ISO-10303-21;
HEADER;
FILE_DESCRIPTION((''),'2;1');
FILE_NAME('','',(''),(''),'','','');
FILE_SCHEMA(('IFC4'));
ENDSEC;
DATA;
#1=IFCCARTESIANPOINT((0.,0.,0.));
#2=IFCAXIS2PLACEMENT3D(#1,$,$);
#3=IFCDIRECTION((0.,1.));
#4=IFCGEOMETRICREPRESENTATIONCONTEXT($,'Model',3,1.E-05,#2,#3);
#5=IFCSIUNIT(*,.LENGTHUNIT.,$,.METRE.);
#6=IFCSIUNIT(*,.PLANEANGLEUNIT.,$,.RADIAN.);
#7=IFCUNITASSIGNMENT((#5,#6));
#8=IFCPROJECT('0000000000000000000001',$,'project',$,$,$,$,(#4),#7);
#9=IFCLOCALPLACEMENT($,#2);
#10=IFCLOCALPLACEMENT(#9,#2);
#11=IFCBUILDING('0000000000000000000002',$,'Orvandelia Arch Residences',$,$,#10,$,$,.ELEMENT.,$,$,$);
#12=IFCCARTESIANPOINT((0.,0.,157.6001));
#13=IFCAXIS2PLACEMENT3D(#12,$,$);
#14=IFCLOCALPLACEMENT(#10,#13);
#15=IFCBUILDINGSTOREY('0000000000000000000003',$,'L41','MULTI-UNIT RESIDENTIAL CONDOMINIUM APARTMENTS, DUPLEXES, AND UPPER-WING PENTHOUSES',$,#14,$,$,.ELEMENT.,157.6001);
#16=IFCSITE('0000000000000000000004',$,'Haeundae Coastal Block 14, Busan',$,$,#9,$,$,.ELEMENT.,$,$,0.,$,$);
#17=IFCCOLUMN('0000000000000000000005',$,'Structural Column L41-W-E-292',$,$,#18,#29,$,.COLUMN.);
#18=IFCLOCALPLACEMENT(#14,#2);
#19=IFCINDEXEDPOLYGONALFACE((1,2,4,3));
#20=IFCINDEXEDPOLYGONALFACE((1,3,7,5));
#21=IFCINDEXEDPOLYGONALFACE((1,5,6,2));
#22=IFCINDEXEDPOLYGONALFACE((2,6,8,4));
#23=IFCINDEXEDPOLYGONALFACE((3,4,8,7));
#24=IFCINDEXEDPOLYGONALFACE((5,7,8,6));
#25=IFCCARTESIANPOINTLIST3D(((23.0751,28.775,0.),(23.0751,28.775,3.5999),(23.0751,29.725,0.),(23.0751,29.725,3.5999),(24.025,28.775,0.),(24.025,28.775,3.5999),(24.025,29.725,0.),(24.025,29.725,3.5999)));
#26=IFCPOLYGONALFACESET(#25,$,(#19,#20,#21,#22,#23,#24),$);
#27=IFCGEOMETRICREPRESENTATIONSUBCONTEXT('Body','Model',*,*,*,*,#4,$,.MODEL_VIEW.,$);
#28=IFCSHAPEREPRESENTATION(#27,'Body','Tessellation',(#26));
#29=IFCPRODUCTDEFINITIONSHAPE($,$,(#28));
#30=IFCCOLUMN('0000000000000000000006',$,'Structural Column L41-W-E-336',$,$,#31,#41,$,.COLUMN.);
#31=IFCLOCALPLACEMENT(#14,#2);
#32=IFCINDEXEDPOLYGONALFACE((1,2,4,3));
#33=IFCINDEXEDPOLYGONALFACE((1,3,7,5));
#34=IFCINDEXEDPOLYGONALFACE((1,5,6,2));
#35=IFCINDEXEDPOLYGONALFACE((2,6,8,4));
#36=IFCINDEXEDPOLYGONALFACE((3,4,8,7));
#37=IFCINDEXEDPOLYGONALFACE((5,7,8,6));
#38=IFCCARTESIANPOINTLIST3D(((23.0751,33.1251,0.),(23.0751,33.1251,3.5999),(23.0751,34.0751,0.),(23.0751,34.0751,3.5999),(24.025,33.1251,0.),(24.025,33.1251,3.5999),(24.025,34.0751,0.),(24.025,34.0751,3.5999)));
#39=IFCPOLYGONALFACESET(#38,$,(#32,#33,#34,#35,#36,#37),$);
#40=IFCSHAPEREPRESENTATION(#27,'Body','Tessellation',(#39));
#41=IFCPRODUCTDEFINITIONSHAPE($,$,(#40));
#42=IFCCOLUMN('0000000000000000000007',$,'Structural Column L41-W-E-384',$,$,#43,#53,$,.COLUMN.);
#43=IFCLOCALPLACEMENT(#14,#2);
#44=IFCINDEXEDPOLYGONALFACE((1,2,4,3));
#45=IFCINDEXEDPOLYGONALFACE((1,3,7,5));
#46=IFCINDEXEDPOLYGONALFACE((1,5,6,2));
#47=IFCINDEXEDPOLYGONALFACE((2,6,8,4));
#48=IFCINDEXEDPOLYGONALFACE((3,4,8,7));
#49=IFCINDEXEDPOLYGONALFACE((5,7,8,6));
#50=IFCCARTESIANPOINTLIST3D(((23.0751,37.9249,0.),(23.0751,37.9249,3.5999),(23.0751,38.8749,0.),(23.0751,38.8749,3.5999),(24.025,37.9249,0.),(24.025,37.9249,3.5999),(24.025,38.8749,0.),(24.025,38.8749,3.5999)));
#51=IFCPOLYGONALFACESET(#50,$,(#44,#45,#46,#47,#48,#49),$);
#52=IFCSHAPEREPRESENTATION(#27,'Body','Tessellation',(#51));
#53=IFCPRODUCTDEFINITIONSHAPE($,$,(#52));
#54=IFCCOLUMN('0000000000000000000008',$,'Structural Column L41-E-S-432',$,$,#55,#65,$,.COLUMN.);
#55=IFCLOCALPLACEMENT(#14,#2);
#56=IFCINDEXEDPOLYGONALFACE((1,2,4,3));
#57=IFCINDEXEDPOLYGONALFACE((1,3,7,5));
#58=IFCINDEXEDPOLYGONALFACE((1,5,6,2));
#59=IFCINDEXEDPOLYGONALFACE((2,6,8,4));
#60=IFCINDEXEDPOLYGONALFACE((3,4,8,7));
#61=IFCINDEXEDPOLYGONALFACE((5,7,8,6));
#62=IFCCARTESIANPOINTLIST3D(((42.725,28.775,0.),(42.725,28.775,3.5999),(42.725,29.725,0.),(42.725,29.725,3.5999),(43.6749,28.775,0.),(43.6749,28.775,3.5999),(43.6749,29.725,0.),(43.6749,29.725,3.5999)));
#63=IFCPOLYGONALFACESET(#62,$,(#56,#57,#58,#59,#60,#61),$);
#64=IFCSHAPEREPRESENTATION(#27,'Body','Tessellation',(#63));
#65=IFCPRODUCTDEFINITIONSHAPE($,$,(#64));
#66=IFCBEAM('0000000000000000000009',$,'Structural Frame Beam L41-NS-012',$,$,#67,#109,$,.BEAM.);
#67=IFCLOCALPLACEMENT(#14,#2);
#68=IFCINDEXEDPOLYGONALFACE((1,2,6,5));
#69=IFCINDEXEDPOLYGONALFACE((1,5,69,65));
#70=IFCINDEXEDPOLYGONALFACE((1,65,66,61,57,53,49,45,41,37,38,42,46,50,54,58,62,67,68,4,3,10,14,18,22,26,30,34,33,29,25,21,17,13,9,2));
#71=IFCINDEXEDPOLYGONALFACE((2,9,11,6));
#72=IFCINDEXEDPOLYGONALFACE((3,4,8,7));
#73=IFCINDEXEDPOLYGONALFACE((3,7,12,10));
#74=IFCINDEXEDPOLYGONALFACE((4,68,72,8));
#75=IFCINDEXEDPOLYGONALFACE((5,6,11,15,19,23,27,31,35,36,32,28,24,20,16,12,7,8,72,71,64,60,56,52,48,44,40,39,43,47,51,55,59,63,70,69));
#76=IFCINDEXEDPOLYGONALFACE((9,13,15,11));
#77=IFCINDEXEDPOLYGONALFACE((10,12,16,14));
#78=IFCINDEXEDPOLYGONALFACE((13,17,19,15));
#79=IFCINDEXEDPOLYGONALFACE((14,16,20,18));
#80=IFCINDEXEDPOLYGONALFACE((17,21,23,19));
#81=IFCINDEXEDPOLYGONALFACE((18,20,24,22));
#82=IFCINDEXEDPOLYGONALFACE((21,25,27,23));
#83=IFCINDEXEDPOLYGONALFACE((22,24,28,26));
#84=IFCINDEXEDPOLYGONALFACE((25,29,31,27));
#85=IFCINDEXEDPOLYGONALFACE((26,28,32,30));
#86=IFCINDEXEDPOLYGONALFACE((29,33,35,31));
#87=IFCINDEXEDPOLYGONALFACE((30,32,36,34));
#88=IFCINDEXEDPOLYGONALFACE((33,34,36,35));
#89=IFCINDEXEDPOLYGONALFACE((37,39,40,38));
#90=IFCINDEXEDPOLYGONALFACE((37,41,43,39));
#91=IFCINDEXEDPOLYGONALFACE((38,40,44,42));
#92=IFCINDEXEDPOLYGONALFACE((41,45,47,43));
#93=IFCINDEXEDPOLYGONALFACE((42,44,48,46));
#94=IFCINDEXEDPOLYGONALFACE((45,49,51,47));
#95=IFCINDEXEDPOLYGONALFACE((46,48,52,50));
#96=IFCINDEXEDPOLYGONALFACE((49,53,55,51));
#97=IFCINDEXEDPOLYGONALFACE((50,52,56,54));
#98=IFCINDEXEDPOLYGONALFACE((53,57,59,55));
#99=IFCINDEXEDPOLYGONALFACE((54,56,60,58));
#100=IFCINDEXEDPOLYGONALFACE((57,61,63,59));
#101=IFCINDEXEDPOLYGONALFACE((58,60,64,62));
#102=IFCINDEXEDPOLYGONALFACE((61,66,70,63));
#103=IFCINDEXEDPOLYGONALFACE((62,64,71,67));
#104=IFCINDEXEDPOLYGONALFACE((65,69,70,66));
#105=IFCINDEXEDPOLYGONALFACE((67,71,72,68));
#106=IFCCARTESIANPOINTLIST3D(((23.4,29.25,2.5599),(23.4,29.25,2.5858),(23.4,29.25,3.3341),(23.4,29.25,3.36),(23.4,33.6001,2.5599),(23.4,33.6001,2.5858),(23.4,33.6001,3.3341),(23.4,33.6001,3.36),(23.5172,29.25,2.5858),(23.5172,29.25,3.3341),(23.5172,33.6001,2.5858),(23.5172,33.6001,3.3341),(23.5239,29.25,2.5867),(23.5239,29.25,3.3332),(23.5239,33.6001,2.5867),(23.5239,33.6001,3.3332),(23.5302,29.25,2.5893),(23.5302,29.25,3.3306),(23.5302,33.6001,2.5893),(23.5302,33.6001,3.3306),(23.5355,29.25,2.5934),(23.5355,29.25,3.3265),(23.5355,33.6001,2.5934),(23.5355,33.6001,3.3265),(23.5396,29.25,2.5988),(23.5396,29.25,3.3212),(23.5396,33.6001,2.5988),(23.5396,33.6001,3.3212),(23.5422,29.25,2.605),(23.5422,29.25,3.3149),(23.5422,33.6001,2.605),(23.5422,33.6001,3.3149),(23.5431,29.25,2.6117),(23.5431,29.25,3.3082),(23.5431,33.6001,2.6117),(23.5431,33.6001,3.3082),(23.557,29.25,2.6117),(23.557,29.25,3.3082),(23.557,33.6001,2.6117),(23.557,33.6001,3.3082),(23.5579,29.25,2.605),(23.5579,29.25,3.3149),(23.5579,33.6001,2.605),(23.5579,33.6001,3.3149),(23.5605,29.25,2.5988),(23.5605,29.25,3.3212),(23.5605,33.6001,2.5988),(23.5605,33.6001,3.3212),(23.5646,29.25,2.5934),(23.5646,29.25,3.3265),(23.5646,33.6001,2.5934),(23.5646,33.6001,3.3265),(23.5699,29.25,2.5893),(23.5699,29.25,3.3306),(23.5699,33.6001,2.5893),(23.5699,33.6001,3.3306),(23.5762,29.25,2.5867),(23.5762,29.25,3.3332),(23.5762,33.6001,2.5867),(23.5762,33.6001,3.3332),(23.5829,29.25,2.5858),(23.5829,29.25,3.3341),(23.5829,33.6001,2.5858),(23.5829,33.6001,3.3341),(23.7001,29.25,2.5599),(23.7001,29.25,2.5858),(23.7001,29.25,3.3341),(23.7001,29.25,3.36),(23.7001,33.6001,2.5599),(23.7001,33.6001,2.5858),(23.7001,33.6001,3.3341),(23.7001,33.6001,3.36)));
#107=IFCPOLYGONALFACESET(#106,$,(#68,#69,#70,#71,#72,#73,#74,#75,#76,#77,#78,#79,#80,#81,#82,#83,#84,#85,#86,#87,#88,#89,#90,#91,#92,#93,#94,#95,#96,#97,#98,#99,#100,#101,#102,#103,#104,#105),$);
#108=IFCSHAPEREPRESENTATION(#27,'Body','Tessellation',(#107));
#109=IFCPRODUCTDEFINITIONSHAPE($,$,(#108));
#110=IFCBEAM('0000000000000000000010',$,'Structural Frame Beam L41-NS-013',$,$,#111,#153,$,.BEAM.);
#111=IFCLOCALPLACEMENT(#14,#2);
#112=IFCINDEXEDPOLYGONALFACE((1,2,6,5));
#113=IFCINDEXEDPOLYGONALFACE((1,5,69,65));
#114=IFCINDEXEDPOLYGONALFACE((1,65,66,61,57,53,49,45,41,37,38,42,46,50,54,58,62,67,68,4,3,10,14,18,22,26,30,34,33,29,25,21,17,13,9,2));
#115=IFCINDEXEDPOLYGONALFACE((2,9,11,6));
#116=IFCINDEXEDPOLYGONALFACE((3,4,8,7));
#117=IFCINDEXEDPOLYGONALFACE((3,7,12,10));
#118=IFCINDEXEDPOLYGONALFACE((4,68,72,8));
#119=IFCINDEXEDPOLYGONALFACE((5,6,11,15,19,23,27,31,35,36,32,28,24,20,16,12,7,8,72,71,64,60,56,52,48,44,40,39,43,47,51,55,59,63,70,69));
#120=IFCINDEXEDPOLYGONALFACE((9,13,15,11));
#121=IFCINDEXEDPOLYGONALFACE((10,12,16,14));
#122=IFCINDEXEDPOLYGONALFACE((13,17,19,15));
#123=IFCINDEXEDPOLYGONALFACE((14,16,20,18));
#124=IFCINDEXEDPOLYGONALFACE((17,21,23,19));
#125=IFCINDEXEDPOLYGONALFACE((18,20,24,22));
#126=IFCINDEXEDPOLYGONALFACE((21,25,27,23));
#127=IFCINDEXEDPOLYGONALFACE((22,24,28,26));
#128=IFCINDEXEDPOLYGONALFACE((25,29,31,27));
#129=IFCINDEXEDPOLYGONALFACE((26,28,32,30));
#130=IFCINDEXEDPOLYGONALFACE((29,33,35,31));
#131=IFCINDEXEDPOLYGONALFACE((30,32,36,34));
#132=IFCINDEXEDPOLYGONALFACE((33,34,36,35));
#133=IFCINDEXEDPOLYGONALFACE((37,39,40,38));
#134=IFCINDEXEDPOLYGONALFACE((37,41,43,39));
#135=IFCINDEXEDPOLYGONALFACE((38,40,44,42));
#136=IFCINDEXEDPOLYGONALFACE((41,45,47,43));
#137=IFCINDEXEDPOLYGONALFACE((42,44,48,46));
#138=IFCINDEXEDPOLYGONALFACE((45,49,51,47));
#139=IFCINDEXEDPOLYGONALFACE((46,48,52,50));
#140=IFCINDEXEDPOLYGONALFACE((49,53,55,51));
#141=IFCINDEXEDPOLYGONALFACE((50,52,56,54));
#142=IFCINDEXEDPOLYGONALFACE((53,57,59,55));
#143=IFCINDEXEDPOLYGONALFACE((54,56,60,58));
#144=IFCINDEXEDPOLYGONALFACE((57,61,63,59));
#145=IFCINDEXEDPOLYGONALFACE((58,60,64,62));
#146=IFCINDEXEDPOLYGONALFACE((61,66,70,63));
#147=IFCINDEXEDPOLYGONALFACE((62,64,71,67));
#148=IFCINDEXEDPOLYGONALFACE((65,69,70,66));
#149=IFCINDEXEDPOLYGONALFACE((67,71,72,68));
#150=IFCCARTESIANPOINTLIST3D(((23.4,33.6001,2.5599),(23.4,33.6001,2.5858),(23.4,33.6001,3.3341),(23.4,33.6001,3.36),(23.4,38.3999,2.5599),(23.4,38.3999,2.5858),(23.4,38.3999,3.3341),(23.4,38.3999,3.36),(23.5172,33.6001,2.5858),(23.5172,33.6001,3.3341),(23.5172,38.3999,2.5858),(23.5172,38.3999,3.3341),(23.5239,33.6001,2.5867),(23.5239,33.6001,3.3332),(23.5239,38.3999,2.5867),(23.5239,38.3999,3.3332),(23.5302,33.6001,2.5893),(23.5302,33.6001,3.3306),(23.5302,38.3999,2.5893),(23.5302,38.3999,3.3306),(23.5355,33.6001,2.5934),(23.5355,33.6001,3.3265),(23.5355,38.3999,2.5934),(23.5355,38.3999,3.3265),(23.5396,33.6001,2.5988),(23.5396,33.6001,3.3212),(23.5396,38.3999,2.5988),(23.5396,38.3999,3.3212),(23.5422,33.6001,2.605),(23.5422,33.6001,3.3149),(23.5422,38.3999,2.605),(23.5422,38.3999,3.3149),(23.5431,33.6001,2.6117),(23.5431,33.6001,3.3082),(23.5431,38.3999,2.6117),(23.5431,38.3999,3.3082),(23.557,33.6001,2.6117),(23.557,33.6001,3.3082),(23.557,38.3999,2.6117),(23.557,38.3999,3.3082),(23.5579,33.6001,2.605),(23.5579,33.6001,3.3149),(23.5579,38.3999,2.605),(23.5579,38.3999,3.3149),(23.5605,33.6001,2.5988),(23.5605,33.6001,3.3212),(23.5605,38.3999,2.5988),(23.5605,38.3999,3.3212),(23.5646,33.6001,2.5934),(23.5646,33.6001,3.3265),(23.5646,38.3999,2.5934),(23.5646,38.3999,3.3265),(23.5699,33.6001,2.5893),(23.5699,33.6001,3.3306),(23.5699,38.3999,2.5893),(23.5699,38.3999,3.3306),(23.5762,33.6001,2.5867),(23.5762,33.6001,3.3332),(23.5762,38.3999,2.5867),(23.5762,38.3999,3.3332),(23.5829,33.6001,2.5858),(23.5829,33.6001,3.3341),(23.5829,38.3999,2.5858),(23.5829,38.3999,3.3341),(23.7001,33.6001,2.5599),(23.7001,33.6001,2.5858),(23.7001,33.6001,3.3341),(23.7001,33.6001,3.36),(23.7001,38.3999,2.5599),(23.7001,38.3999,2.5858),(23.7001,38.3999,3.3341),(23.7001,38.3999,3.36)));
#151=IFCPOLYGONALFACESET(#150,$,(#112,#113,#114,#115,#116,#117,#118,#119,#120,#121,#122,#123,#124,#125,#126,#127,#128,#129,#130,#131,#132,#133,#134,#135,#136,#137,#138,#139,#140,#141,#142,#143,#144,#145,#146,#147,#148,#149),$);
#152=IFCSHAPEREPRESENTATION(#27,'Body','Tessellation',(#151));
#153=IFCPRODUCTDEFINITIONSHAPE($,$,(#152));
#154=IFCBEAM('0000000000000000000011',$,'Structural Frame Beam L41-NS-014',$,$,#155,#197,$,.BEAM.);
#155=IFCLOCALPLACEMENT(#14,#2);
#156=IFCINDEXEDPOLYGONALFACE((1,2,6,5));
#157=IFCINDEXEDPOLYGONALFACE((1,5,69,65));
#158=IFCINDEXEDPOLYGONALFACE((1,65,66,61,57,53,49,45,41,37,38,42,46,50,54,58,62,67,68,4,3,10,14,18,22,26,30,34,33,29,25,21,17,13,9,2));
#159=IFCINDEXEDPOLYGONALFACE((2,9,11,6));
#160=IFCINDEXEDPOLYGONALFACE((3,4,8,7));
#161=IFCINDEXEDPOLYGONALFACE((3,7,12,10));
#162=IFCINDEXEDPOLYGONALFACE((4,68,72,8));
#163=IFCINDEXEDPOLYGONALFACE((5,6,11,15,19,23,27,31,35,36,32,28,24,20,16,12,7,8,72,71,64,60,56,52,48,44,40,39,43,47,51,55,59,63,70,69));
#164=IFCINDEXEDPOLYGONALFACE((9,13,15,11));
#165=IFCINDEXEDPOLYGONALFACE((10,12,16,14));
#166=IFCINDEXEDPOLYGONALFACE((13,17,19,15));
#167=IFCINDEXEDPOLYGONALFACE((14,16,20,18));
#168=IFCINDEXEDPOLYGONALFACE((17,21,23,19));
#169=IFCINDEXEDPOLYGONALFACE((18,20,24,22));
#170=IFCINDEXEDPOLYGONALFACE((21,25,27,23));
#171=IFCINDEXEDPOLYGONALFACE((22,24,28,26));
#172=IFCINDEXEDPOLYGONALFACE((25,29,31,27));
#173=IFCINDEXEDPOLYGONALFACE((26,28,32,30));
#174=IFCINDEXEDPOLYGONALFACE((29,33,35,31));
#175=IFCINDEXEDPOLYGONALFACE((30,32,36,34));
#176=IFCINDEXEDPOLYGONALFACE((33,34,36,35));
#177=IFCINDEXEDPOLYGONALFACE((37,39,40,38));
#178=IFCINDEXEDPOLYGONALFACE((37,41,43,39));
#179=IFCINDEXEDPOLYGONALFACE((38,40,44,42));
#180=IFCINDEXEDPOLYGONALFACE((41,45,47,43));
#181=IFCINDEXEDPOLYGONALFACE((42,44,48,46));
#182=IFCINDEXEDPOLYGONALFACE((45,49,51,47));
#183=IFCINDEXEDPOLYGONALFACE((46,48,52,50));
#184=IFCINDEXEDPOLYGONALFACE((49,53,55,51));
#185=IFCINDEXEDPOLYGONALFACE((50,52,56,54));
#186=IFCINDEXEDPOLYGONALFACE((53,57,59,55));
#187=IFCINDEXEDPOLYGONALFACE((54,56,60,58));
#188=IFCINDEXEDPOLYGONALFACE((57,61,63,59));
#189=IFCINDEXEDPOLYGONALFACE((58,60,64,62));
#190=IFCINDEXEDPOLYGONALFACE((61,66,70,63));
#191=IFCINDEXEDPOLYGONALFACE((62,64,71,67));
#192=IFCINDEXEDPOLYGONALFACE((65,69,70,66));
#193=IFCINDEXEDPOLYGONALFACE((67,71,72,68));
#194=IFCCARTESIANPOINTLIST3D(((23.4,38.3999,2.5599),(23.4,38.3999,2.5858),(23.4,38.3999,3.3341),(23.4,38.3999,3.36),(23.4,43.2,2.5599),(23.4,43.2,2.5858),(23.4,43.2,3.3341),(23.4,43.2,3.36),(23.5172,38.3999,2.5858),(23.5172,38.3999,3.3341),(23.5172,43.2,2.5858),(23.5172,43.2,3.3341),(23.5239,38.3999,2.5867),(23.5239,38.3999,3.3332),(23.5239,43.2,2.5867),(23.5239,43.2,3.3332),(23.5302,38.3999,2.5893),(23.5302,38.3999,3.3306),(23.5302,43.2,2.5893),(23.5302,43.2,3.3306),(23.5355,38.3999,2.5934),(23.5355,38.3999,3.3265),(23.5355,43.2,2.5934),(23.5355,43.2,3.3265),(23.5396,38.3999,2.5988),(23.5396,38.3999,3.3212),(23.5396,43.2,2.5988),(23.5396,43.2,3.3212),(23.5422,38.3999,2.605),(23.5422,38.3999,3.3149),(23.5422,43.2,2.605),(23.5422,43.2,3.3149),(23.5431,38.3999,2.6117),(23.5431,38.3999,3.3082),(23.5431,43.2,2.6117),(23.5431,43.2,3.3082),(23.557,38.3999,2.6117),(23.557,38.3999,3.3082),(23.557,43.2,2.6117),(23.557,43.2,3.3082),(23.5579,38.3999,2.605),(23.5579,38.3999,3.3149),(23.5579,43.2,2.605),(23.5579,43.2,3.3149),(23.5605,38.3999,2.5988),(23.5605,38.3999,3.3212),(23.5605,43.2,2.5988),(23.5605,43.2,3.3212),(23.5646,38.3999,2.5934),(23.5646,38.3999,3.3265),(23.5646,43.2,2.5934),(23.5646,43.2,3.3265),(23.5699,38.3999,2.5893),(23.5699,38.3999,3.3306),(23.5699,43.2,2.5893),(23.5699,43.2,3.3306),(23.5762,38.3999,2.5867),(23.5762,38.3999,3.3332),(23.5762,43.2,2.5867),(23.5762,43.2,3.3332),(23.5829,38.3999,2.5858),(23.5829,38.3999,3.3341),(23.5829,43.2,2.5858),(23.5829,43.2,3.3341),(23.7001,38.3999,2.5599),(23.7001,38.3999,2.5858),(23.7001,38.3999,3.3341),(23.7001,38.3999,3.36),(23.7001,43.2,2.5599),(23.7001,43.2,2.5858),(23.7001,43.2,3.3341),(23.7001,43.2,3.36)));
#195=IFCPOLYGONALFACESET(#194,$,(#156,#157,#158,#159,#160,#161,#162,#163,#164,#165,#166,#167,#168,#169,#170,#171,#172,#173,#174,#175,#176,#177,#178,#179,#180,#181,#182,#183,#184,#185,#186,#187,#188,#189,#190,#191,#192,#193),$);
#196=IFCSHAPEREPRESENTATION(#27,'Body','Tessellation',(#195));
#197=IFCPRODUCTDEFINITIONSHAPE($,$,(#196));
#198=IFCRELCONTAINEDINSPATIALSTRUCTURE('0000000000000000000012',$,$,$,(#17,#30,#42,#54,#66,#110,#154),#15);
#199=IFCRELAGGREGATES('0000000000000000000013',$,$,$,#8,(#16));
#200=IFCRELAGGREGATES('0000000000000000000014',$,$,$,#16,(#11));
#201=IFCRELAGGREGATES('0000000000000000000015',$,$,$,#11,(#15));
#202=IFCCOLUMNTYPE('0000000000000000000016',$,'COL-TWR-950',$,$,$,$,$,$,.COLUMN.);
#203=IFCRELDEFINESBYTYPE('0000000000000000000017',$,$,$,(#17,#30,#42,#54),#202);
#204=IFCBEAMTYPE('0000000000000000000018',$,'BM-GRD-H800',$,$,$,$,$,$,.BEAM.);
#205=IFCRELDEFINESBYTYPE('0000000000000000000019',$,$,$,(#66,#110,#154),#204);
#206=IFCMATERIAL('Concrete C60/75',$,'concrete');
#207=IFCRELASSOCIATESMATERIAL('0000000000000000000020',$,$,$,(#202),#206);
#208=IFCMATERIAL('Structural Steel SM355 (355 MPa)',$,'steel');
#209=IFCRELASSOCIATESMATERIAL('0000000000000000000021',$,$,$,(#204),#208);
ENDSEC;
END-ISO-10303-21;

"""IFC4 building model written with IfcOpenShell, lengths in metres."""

from ifc_helpers import new_model, si_unit, direction, frame, origin, origin_2d, place, context, subcontext, project, spatial, rectangle, i_section, extrude, material, material_profile, profile_set, type_object, element, save


model = new_model("IFC4")

# Units and contexts
model_context = context("Model", 3, precision=1e-05, world=origin(), true_north=direction((0.0, 1.0)))
body_context = subcontext(model_context, "Body", "Model", "MODEL_VIEW")
ifc_project = project(units=[si_unit("LENGTHUNIT", "METRE"), si_unit("PLANEANGLEUNIT", "RADIAN")], contexts=[model_context])

# Site, building, storey
site_placement = place(None, origin())
site = spatial("IfcSite", under=ifc_project, at=site_placement, Name="Haeundae Coastal Block 14, Busan", CompositionType="ELEMENT", RefElevation=0.0)
building_placement = place(site_placement, origin())
building = spatial("IfcBuilding", under=site, at=building_placement, Name="Orvandelia Arch Residences", CompositionType="ELEMENT")
storey_placement = place(building_placement, frame((0.0, 0.0, 157.6001)))
storey = spatial("IfcBuildingStorey", under=building, at=storey_placement, Name="L41", Description="MULTI-UNIT RESIDENTIAL CONDOMINIUM APARTMENTS, DUPLEXES, AND UPPER-WING PENTHOUSES", CompositionType="ELEMENT", Elevation=157.6001)

# Columns
ifc_material_1 = material(Name="Concrete C60/75", Category="concrete")
ifc_material_profile_1 = material_profile(ifc_material_1, rectangle(XDim=0.95, YDim=0.95, at=origin_2d()), Name="Concrete C60/75", Category="concrete")
ifc_profile_set_1 = profile_set([ifc_material_profile_1], Name="Concrete C60/75")
column_type = type_object("IfcColumnType", Name="COL-TWR-950", PredefinedType="COLUMN", material=ifc_profile_set_1)
for number, where, z_axis, x_axis, name in (
    (1, (23.55, 29.25, 0.0), (0.0, 0.0, 1.0), (1.0, 0.0, 0.0), "Structural Column L41-W-E-292"),
    (2, (23.55, 33.6001, 0.0), (0.0, 0.0, 1.0), (1.0, 0.0, 0.0), "Structural Column L41-W-E-336"),
    (3, (23.55, 38.3999, 0.0), (0.0, 0.0, 1.0), (1.0, 0.0, 0.0), "Structural Column L41-W-E-384"),
    (4, (43.2, 29.25, 0.0), (0.0, 0.0, 1.0), (1.0, 0.0, 0.0), "Structural Column L41-E-S-432"),
):
    element("IfcColumn", number, at=place(storey_placement, frame(where, z_axis=z_axis, x_axis=x_axis)), inside=storey, type_object=column_type, Name=name, PredefinedType="COLUMN", context=body_context, shape_type="SweptSolid", body=[
        extrude(rectangle(XDim=0.95, YDim=0.95, at=origin_2d()), origin(), (0.0, 0.0, 1.0), 3.5999),
    ])

# Beams
ifc_material_2 = material(Name="Structural Steel SM355 (355 MPa)", Category="steel")
ifc_material_profile_2 = material_profile(ifc_material_2, i_section(OverallWidth=0.3, OverallDepth=0.8, WebThickness=0.0139, FlangeThickness=0.0259, FilletRadius=0.0259, at=origin_2d()), Name="Structural Steel SM355 (355 MPa)", Category="steel")
ifc_profile_set_2 = profile_set([ifc_material_profile_2], Name="Structural Steel SM355 (355 MPa)")
beam_type = type_object("IfcBeamType", Name="BM-GRD-H800", PredefinedType="BEAM", material=ifc_profile_set_2)
beam_1_placement = place(storey_placement, frame((23.55, 29.25, 2.96), z_axis=(0.0, 1.0, 0.0), x_axis=(-1.0, 0.0, 0.0)))
element("IfcBeam", 5, at=beam_1_placement, inside=storey, type_object=beam_type, Name="Structural Frame Beam L41-NS-012", PredefinedType="BEAM", context=body_context, shape_type="SweptSolid", body=[
    extrude(i_section(OverallWidth=0.3, OverallDepth=0.8, WebThickness=0.0139, FlangeThickness=0.0259, FilletRadius=0.0259, at=origin_2d()), origin(), (0.0, 0.0, 1.0), 4.3501),
])
beam_2_placement = place(storey_placement, frame((23.55, 33.6001, 2.96), z_axis=(0.0, 1.0, 0.0), x_axis=(-1.0, 0.0, 0.0)))
element("IfcBeam", 6, at=beam_2_placement, inside=storey, type_object=beam_type, Name="Structural Frame Beam L41-NS-013", PredefinedType="BEAM", context=body_context, shape_type="SweptSolid", body=[
    extrude(i_section(OverallWidth=0.3, OverallDepth=0.8, WebThickness=0.0139, FlangeThickness=0.0259, FilletRadius=0.0259, at=origin_2d()), origin(), (0.0, 0.0, 1.0), 4.7998),
])
beam_3_placement = place(storey_placement, frame((23.55, 38.3999, 2.96), z_axis=(0.0, 1.0, 0.0), x_axis=(-1.0, 0.0, 0.0)))
element("IfcBeam", 7, at=beam_3_placement, inside=storey, type_object=beam_type, Name="Structural Frame Beam L41-NS-014", PredefinedType="BEAM", context=body_context, shape_type="SweptSolid", body=[
    extrude(i_section(OverallWidth=0.3, OverallDepth=0.8, WebThickness=0.0139, FlangeThickness=0.0259, FilletRadius=0.0259, at=origin_2d()), origin(), (0.0, 0.0, 1.0), 4.8),
])

save(model, "model.ifc")
